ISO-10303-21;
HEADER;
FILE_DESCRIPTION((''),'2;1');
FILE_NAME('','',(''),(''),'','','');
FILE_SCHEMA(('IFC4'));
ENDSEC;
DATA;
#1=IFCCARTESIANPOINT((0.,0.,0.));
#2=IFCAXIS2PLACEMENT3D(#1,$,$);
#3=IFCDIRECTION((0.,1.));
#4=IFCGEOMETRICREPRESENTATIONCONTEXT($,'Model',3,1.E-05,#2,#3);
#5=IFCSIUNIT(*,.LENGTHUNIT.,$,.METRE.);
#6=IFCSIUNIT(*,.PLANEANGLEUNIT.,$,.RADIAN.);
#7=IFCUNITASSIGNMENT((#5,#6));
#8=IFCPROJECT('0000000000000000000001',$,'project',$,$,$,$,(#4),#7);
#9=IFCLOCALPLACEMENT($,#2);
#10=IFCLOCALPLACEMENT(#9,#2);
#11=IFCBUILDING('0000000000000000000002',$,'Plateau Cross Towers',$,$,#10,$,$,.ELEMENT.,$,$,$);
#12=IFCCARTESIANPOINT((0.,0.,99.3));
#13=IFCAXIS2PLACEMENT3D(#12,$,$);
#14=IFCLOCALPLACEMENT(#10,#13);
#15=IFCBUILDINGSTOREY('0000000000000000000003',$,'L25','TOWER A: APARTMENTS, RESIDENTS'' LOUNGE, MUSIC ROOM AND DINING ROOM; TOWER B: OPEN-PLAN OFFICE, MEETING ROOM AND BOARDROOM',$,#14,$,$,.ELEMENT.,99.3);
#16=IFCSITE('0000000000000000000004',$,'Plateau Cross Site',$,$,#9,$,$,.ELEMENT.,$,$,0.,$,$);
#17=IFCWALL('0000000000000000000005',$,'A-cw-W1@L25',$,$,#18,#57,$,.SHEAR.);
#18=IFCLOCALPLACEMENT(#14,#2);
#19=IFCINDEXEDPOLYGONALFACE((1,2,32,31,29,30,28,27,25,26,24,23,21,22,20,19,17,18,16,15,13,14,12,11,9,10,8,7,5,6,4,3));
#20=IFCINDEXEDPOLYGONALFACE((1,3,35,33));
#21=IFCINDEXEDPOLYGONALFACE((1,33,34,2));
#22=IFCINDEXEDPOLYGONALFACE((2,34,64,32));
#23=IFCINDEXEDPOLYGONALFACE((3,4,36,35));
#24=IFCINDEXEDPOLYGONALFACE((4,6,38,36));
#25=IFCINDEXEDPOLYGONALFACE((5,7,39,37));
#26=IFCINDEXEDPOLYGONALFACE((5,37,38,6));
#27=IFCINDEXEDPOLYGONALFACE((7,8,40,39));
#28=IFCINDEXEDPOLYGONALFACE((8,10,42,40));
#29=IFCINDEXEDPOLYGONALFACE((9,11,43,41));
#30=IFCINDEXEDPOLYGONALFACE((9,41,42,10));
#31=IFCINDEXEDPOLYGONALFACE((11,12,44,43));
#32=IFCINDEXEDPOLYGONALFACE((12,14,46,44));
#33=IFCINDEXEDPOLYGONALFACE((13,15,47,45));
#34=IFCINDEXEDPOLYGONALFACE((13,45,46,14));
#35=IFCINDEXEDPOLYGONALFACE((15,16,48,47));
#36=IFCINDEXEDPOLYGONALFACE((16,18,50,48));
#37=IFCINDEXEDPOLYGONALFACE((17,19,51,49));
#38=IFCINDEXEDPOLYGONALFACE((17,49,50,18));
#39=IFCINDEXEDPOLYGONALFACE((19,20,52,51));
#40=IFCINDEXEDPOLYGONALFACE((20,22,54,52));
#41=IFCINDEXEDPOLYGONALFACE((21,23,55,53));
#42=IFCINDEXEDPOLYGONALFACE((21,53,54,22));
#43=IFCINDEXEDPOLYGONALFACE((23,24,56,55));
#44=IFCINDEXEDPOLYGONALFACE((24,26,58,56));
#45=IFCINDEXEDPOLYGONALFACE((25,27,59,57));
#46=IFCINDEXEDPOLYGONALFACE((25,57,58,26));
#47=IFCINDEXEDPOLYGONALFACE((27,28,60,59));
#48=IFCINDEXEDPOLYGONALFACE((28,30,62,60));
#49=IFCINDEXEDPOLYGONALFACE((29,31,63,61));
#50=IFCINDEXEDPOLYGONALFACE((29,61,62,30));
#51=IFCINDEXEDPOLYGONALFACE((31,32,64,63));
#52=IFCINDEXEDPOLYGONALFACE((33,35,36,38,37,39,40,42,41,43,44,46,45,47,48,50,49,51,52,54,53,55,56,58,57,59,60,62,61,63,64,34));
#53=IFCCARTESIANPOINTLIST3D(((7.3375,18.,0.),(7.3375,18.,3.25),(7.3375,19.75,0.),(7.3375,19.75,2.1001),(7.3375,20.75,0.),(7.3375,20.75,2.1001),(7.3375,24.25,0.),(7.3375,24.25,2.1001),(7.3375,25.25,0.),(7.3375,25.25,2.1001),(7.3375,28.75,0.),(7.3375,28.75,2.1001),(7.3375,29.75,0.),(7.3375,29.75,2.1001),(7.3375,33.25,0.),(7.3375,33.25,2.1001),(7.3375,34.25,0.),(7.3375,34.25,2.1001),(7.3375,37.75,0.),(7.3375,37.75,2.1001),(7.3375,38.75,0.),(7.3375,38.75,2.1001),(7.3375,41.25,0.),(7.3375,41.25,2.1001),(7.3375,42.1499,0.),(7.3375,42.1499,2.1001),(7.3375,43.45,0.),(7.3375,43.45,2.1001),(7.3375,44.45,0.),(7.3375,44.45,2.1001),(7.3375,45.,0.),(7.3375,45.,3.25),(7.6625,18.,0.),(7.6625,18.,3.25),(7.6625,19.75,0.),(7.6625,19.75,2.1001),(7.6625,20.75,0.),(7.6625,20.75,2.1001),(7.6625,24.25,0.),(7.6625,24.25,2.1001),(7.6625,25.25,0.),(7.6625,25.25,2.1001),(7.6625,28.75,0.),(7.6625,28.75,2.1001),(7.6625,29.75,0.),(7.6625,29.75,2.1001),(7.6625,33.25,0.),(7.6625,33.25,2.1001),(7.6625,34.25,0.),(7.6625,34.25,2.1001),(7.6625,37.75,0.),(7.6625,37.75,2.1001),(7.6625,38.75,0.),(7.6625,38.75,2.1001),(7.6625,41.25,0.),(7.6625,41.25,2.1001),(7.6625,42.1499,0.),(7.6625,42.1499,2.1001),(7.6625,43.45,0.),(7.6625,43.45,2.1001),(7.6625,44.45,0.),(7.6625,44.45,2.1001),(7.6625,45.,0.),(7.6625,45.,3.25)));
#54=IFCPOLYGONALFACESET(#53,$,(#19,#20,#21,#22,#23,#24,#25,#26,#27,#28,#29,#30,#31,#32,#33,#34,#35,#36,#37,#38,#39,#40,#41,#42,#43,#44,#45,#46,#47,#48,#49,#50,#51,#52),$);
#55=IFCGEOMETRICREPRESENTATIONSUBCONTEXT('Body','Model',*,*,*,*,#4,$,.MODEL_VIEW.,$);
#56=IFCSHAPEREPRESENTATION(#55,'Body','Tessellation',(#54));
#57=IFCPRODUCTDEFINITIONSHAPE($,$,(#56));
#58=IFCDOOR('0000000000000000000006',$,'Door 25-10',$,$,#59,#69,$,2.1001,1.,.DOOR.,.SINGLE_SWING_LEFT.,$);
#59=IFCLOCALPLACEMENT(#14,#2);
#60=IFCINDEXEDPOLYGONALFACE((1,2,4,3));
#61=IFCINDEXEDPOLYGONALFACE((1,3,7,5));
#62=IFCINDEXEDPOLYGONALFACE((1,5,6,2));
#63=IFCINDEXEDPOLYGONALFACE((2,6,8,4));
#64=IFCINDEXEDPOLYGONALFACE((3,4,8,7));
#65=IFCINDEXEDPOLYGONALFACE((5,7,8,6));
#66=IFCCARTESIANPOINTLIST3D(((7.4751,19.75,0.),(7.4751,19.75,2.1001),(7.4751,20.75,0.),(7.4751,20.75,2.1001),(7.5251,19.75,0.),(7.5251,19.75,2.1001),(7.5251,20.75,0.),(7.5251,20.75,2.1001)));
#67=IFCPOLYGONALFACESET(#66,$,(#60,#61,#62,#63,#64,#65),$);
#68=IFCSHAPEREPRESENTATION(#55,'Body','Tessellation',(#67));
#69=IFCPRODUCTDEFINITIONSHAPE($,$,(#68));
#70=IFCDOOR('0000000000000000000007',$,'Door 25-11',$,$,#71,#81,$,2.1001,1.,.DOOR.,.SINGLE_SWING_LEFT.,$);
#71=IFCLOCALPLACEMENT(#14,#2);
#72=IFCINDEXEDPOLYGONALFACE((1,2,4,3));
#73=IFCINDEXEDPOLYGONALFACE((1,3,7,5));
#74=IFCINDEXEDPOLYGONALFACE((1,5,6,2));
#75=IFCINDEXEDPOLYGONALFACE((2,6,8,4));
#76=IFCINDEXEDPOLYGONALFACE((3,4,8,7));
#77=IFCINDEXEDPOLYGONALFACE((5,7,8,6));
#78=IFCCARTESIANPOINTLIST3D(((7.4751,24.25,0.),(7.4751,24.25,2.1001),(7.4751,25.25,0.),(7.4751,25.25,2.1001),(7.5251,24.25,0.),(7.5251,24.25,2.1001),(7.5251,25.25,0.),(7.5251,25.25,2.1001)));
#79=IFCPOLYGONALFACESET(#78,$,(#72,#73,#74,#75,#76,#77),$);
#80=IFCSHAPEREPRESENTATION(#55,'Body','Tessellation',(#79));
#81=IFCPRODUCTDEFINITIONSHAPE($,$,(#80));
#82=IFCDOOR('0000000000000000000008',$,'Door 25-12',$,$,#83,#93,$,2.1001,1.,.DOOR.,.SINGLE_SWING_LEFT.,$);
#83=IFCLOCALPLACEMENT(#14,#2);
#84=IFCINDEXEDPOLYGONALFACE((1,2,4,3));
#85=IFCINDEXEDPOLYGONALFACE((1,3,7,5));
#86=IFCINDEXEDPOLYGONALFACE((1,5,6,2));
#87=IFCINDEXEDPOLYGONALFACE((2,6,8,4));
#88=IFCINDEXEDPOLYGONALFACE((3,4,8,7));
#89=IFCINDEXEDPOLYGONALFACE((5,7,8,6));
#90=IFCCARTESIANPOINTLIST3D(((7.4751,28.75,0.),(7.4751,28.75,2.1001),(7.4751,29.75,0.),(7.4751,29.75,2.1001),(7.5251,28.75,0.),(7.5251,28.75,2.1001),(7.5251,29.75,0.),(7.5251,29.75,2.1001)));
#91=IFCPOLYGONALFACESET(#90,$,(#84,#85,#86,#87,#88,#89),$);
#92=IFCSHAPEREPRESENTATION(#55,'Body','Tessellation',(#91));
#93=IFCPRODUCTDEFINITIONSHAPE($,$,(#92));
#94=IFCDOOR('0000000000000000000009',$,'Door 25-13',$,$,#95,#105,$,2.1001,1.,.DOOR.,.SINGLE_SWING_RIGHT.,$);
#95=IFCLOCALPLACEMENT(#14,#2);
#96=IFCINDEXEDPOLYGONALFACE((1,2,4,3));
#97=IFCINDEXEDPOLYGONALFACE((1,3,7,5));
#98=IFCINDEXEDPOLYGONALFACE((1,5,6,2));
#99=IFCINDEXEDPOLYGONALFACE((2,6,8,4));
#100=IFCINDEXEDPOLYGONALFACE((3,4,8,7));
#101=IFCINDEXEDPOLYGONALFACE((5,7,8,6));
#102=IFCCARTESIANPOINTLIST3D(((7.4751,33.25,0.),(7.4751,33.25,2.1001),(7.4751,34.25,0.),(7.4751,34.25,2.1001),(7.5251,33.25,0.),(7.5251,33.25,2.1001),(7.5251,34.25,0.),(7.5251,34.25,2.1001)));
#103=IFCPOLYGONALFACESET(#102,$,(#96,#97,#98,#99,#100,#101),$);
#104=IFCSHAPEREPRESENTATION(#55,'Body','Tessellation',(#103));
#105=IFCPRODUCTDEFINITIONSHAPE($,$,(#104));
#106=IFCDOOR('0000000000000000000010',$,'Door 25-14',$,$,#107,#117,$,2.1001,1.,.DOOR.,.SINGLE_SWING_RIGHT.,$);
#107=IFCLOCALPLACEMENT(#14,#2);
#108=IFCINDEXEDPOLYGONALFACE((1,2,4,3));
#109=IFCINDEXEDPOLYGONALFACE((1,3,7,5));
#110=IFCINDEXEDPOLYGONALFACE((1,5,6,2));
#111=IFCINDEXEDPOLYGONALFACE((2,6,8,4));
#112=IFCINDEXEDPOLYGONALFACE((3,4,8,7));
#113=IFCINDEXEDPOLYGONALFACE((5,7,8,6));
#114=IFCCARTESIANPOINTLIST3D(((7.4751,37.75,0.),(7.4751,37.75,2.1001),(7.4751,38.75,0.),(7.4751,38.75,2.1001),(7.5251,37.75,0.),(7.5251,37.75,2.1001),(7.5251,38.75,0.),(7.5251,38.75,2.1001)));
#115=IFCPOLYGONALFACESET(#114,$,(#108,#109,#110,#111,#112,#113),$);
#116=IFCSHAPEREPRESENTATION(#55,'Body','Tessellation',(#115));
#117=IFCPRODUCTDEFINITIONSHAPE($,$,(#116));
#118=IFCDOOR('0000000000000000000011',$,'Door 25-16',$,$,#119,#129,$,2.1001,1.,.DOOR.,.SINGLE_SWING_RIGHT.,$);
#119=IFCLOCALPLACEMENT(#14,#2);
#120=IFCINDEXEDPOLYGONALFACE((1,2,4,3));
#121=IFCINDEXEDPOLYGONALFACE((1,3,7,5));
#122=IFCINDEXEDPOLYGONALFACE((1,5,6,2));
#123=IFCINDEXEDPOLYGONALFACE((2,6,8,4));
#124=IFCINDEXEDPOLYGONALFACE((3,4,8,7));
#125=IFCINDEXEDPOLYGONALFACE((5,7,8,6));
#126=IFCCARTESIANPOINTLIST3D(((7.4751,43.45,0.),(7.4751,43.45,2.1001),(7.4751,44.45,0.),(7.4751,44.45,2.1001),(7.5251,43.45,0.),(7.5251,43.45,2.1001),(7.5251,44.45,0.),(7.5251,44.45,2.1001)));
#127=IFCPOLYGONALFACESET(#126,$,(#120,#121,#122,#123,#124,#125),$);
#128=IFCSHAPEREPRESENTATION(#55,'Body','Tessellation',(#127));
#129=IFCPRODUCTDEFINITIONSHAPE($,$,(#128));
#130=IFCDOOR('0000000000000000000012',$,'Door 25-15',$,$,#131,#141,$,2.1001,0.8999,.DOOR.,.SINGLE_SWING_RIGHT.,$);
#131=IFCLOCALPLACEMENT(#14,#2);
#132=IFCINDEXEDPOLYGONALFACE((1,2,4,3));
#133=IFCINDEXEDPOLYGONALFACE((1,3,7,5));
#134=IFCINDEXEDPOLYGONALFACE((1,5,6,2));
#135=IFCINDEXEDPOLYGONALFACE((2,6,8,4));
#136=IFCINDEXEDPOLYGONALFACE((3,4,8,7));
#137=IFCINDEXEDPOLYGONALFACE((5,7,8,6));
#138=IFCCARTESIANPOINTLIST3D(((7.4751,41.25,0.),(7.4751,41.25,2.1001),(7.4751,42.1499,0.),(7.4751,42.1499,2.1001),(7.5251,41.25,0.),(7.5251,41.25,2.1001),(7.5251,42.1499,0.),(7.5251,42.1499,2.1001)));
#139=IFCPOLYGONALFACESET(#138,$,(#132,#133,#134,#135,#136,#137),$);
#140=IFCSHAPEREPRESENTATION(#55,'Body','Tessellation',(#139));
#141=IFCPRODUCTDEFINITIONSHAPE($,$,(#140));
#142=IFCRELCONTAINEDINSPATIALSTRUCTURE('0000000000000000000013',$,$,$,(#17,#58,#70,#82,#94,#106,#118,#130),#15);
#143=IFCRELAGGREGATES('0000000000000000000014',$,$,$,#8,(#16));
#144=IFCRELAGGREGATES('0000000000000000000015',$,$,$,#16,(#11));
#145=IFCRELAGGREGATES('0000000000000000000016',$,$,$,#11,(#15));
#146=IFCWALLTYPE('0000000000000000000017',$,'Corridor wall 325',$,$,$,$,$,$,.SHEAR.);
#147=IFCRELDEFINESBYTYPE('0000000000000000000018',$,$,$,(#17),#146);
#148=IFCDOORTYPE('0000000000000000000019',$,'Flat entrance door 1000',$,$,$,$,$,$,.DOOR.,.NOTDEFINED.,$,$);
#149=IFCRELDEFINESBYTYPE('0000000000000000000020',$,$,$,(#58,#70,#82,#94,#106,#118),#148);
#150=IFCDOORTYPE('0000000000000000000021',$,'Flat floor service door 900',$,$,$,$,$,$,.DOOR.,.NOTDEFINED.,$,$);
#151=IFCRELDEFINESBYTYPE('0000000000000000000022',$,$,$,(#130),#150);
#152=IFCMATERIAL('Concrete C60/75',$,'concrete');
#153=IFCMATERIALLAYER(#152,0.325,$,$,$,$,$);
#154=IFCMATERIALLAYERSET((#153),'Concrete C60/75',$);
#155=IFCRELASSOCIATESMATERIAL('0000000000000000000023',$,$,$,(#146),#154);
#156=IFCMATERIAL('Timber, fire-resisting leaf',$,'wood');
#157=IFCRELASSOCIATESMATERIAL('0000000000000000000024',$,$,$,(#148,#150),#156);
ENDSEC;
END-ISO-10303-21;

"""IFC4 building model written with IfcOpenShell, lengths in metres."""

from ifc_helpers import new_model, si_unit, direction, frame, frame_2d, origin, place, context, subcontext, project, spatial, rectangle, extrude, material, layer, layer_set, type_object, element, fill, save


model = new_model("IFC4")

# Units and contexts
model_context = context("Model", 3, precision=1e-05, world=origin(), true_north=direction((0.0, 1.0)))
body_context = subcontext(model_context, "Body", "Model", "MODEL_VIEW")
ifc_project = project(units=[si_unit("LENGTHUNIT", "METRE"), si_unit("PLANEANGLEUNIT", "RADIAN")], contexts=[model_context])

# Site, building, storey
site_placement = place(None, origin())
site = spatial("IfcSite", under=ifc_project, at=site_placement, Name="Plateau Cross Site", CompositionType="ELEMENT", RefElevation=0.0)
building_placement = place(site_placement, origin())
building = spatial("IfcBuilding", under=site, at=building_placement, Name="Plateau Cross Towers", CompositionType="ELEMENT")
storey_placement = place(building_placement, frame((0.0, 0.0, 99.3)))
storey = spatial("IfcBuildingStorey", under=building, at=storey_placement, Name="L25", Description="TOWER A: APARTMENTS, RESIDENTS' LOUNGE, MUSIC ROOM AND DINING ROOM; TOWER B: OPEN-PLAN OFFICE, MEETING ROOM AND BOARDROOM", CompositionType="ELEMENT", Elevation=99.3)

# Wall, openings, doors
ifc_material_1 = material(Name="Concrete C60/75", Category="concrete")
ifc_layer_1 = layer(ifc_material_1, 0.325)
ifc_layer_set_1 = layer_set([ifc_layer_1], Name="Concrete C60/75")
wall_type_1 = type_object("IfcWallType", Name="Corridor wall 325", PredefinedType="SHEAR", material=ifc_layer_set_1)
wall_1_placement = place(storey_placement, frame((7.5, 18.0, 0.0), z_axis=(0.0, 0.0, 1.0), x_axis=(0.0, 1.0, 0.0)))
wall_1 = element("IfcWall", 1, at=wall_1_placement, inside=storey, type_object=wall_type_1, Name="A-cw-W1@L25", PredefinedType="SHEAR", context=body_context, shape_type="SweptSolid", body=[
    extrude(rectangle(XDim=27.0, YDim=0.325, at=frame_2d((13.5, 0.0))), origin(), (0.0, 0.0, 1.0), 3.25),
])
opening_1_placement = place(wall_1_placement, frame((1.75, 0.0, 0.0)))
opening_1 = element("IfcOpeningElement", 2, at=opening_1_placement, cuts=wall_1, PredefinedType="OPENING", context=body_context, shape_type="SweptSolid", body=[
    extrude(rectangle(XDim=1.0, YDim=2.1001, at=frame_2d((0.5, 1.05))), frame((0.0, 0.1724, 0.0), z_axis=(0.0, -1.0, 0.0), x_axis=(1.0, 0.0, 0.0)), (0.0, 0.0, 1.0), 0.345),
])
opening_2_placement = place(wall_1_placement, frame((6.25, 0.0, 0.0)))
opening_2 = element("IfcOpeningElement", 3, at=opening_2_placement, cuts=wall_1, PredefinedType="OPENING", context=body_context, shape_type="SweptSolid", body=[
    extrude(rectangle(XDim=1.0, YDim=2.1001, at=frame_2d((0.5, 1.05))), frame((0.0, 0.1724, 0.0), z_axis=(0.0, -1.0, 0.0), x_axis=(1.0, 0.0, 0.0)), (0.0, 0.0, 1.0), 0.345),
])
opening_3_placement = place(wall_1_placement, frame((10.75, 0.0, 0.0)))
opening_3 = element("IfcOpeningElement", 4, at=opening_3_placement, cuts=wall_1, PredefinedType="OPENING", context=body_context, shape_type="SweptSolid", body=[
    extrude(rectangle(XDim=1.0, YDim=2.1001, at=frame_2d((0.5, 1.05))), frame((0.0, 0.1724, 0.0), z_axis=(0.0, -1.0, 0.0), x_axis=(1.0, 0.0, 0.0)), (0.0, 0.0, 1.0), 0.345),
])
opening_4_placement = place(wall_1_placement, frame((15.25, 0.0, 0.0)))
opening_4 = element("IfcOpeningElement", 5, at=opening_4_placement, cuts=wall_1, PredefinedType="OPENING", context=body_context, shape_type="SweptSolid", body=[
    extrude(rectangle(XDim=1.0, YDim=2.1001, at=frame_2d((0.5, 1.05))), frame((0.0, 0.1724, 0.0), z_axis=(0.0, -1.0, 0.0), x_axis=(1.0, 0.0, 0.0)), (0.0, 0.0, 1.0), 0.345),
])
opening_5_placement = place(wall_1_placement, frame((19.75, 0.0, 0.0)))
opening_5 = element("IfcOpeningElement", 6, at=opening_5_placement, cuts=wall_1, PredefinedType="OPENING", context=body_context, shape_type="SweptSolid", body=[
    extrude(rectangle(XDim=1.0, YDim=2.1001, at=frame_2d((0.5, 1.05))), frame((0.0, 0.1724, 0.0), z_axis=(0.0, -1.0, 0.0), x_axis=(1.0, 0.0, 0.0)), (0.0, 0.0, 1.0), 0.345),
])
opening_6_placement = place(wall_1_placement, frame((23.25, 0.0, 0.0)))
opening_6 = element("IfcOpeningElement", 7, at=opening_6_placement, cuts=wall_1, PredefinedType="OPENING", context=body_context, shape_type="SweptSolid", body=[
    extrude(rectangle(XDim=0.8999, YDim=2.1001, at=frame_2d((0.45, 1.05))), frame((0.0, 0.1724, 0.0), z_axis=(0.0, -1.0, 0.0), x_axis=(1.0, 0.0, 0.0)), (0.0, 0.0, 1.0), 0.345),
])
opening_7_placement = place(wall_1_placement, frame((25.45, 0.0, 0.0)))
opening_7 = element("IfcOpeningElement", 8, at=opening_7_placement, cuts=wall_1, PredefinedType="OPENING", context=body_context, shape_type="SweptSolid", body=[
    extrude(rectangle(XDim=1.0, YDim=2.1001, at=frame_2d((0.5, 1.05))), frame((0.0, 0.1724, 0.0), z_axis=(0.0, -1.0, 0.0), x_axis=(1.0, 0.0, 0.0)), (0.0, 0.0, 1.0), 0.345),
])
ifc_material_2 = material(Name="Timber, fire-resisting leaf", Category="wood")
door_type_1 = type_object("IfcDoorType", Name="Flat entrance door 1000", OperationType="NOTDEFINED", PredefinedType="DOOR", material=ifc_material_2)
door_1_placement = place(opening_1_placement, origin())
door_1 = element("IfcDoor", 9, at=door_1_placement, inside=storey, type_object=door_type_1, Name="Door 25-10", OperationType="SINGLE_SWING_LEFT", OverallHeight=2.1001, OverallWidth=1.0, PredefinedType="DOOR", context=body_context, shape_type="SweptSolid", body=[
    extrude(rectangle(XDim=1.0, YDim=2.1001, at=frame_2d((0.5, 1.05))), frame((0.0, 0.0249, 0.0), z_axis=(0.0, -1.0, 0.0), x_axis=(1.0, 0.0, 0.0)), (0.0, 0.0, 1.0), 0.05),
])
fill(opening_1, door_1)
door_2_placement = place(opening_2_placement, origin())
door_2 = element("IfcDoor", 10, at=door_2_placement, inside=storey, type_object=door_type_1, Name="Door 25-11", OperationType="SINGLE_SWING_LEFT", OverallHeight=2.1001, OverallWidth=1.0, PredefinedType="DOOR", context=body_context, shape_type="SweptSolid", body=[
    extrude(rectangle(XDim=1.0, YDim=2.1001, at=frame_2d((0.5, 1.05))), frame((0.0, 0.0249, 0.0), z_axis=(0.0, -1.0, 0.0), x_axis=(1.0, 0.0, 0.0)), (0.0, 0.0, 1.0), 0.05),
])
fill(opening_2, door_2)
door_3_placement = place(opening_3_placement, origin())
door_3 = element("IfcDoor", 11, at=door_3_placement, inside=storey, type_object=door_type_1, Name="Door 25-12", OperationType="SINGLE_SWING_LEFT", OverallHeight=2.1001, OverallWidth=1.0, PredefinedType="DOOR", context=body_context, shape_type="SweptSolid", body=[
    extrude(rectangle(XDim=1.0, YDim=2.1001, at=frame_2d((0.5, 1.05))), frame((0.0, 0.0249, 0.0), z_axis=(0.0, -1.0, 0.0), x_axis=(1.0, 0.0, 0.0)), (0.0, 0.0, 1.0), 0.05),
])
fill(opening_3, door_3)
door_4_placement = place(opening_4_placement, origin())
door_4 = element("IfcDoor", 12, at=door_4_placement, inside=storey, type_object=door_type_1, Name="Door 25-13", OperationType="SINGLE_SWING_RIGHT", OverallHeight=2.1001, OverallWidth=1.0, PredefinedType="DOOR", context=body_context, shape_type="SweptSolid", body=[
    extrude(rectangle(XDim=1.0, YDim=2.1001, at=frame_2d((0.5, 1.05))), frame((0.0, 0.0249, 0.0), z_axis=(0.0, -1.0, 0.0), x_axis=(1.0, 0.0, 0.0)), (0.0, 0.0, 1.0), 0.05),
])
fill(opening_4, door_4)
door_5_placement = place(opening_5_placement, origin())
door_5 = element("IfcDoor", 13, at=door_5_placement, inside=storey, type_object=door_type_1, Name="Door 25-14", OperationType="SINGLE_SWING_RIGHT", OverallHeight=2.1001, OverallWidth=1.0, PredefinedType="DOOR", context=body_context, shape_type="SweptSolid", body=[
    extrude(rectangle(XDim=1.0, YDim=2.1001, at=frame_2d((0.5, 1.05))), frame((0.0, 0.0249, 0.0), z_axis=(0.0, -1.0, 0.0), x_axis=(1.0, 0.0, 0.0)), (0.0, 0.0, 1.0), 0.05),
])
fill(opening_5, door_5)
door_6_placement = place(opening_7_placement, origin())
door_6 = element("IfcDoor", 14, at=door_6_placement, inside=storey, type_object=door_type_1, Name="Door 25-16", OperationType="SINGLE_SWING_RIGHT", OverallHeight=2.1001, OverallWidth=1.0, PredefinedType="DOOR", context=body_context, shape_type="SweptSolid", body=[
    extrude(rectangle(XDim=1.0, YDim=2.1001, at=frame_2d((0.5, 1.05))), frame((0.0, 0.0249, 0.0), z_axis=(0.0, -1.0, 0.0), x_axis=(1.0, 0.0, 0.0)), (0.0, 0.0, 1.0), 0.05),
])
fill(opening_7, door_6)
door_type_2 = type_object("IfcDoorType", Name="Flat floor service door 900", OperationType="NOTDEFINED", PredefinedType="DOOR", material=ifc_material_2)
door_7_placement = place(opening_6_placement, origin())
door_7 = element("IfcDoor", 15, at=door_7_placement, inside=storey, type_object=door_type_2, Name="Door 25-15", OperationType="SINGLE_SWING_RIGHT", OverallHeight=2.1001, OverallWidth=0.8999, PredefinedType="DOOR", context=body_context, shape_type="SweptSolid", body=[
    extrude(rectangle(XDim=0.8999, YDim=2.1001, at=frame_2d((0.45, 1.05))), frame((0.0, 0.0249, 0.0), z_axis=(0.0, -1.0, 0.0), x_axis=(1.0, 0.0, 0.0)), (0.0, 0.0, 1.0), 0.05),
])
fill(opening_6, door_7)

save(model, "model.ifc")
